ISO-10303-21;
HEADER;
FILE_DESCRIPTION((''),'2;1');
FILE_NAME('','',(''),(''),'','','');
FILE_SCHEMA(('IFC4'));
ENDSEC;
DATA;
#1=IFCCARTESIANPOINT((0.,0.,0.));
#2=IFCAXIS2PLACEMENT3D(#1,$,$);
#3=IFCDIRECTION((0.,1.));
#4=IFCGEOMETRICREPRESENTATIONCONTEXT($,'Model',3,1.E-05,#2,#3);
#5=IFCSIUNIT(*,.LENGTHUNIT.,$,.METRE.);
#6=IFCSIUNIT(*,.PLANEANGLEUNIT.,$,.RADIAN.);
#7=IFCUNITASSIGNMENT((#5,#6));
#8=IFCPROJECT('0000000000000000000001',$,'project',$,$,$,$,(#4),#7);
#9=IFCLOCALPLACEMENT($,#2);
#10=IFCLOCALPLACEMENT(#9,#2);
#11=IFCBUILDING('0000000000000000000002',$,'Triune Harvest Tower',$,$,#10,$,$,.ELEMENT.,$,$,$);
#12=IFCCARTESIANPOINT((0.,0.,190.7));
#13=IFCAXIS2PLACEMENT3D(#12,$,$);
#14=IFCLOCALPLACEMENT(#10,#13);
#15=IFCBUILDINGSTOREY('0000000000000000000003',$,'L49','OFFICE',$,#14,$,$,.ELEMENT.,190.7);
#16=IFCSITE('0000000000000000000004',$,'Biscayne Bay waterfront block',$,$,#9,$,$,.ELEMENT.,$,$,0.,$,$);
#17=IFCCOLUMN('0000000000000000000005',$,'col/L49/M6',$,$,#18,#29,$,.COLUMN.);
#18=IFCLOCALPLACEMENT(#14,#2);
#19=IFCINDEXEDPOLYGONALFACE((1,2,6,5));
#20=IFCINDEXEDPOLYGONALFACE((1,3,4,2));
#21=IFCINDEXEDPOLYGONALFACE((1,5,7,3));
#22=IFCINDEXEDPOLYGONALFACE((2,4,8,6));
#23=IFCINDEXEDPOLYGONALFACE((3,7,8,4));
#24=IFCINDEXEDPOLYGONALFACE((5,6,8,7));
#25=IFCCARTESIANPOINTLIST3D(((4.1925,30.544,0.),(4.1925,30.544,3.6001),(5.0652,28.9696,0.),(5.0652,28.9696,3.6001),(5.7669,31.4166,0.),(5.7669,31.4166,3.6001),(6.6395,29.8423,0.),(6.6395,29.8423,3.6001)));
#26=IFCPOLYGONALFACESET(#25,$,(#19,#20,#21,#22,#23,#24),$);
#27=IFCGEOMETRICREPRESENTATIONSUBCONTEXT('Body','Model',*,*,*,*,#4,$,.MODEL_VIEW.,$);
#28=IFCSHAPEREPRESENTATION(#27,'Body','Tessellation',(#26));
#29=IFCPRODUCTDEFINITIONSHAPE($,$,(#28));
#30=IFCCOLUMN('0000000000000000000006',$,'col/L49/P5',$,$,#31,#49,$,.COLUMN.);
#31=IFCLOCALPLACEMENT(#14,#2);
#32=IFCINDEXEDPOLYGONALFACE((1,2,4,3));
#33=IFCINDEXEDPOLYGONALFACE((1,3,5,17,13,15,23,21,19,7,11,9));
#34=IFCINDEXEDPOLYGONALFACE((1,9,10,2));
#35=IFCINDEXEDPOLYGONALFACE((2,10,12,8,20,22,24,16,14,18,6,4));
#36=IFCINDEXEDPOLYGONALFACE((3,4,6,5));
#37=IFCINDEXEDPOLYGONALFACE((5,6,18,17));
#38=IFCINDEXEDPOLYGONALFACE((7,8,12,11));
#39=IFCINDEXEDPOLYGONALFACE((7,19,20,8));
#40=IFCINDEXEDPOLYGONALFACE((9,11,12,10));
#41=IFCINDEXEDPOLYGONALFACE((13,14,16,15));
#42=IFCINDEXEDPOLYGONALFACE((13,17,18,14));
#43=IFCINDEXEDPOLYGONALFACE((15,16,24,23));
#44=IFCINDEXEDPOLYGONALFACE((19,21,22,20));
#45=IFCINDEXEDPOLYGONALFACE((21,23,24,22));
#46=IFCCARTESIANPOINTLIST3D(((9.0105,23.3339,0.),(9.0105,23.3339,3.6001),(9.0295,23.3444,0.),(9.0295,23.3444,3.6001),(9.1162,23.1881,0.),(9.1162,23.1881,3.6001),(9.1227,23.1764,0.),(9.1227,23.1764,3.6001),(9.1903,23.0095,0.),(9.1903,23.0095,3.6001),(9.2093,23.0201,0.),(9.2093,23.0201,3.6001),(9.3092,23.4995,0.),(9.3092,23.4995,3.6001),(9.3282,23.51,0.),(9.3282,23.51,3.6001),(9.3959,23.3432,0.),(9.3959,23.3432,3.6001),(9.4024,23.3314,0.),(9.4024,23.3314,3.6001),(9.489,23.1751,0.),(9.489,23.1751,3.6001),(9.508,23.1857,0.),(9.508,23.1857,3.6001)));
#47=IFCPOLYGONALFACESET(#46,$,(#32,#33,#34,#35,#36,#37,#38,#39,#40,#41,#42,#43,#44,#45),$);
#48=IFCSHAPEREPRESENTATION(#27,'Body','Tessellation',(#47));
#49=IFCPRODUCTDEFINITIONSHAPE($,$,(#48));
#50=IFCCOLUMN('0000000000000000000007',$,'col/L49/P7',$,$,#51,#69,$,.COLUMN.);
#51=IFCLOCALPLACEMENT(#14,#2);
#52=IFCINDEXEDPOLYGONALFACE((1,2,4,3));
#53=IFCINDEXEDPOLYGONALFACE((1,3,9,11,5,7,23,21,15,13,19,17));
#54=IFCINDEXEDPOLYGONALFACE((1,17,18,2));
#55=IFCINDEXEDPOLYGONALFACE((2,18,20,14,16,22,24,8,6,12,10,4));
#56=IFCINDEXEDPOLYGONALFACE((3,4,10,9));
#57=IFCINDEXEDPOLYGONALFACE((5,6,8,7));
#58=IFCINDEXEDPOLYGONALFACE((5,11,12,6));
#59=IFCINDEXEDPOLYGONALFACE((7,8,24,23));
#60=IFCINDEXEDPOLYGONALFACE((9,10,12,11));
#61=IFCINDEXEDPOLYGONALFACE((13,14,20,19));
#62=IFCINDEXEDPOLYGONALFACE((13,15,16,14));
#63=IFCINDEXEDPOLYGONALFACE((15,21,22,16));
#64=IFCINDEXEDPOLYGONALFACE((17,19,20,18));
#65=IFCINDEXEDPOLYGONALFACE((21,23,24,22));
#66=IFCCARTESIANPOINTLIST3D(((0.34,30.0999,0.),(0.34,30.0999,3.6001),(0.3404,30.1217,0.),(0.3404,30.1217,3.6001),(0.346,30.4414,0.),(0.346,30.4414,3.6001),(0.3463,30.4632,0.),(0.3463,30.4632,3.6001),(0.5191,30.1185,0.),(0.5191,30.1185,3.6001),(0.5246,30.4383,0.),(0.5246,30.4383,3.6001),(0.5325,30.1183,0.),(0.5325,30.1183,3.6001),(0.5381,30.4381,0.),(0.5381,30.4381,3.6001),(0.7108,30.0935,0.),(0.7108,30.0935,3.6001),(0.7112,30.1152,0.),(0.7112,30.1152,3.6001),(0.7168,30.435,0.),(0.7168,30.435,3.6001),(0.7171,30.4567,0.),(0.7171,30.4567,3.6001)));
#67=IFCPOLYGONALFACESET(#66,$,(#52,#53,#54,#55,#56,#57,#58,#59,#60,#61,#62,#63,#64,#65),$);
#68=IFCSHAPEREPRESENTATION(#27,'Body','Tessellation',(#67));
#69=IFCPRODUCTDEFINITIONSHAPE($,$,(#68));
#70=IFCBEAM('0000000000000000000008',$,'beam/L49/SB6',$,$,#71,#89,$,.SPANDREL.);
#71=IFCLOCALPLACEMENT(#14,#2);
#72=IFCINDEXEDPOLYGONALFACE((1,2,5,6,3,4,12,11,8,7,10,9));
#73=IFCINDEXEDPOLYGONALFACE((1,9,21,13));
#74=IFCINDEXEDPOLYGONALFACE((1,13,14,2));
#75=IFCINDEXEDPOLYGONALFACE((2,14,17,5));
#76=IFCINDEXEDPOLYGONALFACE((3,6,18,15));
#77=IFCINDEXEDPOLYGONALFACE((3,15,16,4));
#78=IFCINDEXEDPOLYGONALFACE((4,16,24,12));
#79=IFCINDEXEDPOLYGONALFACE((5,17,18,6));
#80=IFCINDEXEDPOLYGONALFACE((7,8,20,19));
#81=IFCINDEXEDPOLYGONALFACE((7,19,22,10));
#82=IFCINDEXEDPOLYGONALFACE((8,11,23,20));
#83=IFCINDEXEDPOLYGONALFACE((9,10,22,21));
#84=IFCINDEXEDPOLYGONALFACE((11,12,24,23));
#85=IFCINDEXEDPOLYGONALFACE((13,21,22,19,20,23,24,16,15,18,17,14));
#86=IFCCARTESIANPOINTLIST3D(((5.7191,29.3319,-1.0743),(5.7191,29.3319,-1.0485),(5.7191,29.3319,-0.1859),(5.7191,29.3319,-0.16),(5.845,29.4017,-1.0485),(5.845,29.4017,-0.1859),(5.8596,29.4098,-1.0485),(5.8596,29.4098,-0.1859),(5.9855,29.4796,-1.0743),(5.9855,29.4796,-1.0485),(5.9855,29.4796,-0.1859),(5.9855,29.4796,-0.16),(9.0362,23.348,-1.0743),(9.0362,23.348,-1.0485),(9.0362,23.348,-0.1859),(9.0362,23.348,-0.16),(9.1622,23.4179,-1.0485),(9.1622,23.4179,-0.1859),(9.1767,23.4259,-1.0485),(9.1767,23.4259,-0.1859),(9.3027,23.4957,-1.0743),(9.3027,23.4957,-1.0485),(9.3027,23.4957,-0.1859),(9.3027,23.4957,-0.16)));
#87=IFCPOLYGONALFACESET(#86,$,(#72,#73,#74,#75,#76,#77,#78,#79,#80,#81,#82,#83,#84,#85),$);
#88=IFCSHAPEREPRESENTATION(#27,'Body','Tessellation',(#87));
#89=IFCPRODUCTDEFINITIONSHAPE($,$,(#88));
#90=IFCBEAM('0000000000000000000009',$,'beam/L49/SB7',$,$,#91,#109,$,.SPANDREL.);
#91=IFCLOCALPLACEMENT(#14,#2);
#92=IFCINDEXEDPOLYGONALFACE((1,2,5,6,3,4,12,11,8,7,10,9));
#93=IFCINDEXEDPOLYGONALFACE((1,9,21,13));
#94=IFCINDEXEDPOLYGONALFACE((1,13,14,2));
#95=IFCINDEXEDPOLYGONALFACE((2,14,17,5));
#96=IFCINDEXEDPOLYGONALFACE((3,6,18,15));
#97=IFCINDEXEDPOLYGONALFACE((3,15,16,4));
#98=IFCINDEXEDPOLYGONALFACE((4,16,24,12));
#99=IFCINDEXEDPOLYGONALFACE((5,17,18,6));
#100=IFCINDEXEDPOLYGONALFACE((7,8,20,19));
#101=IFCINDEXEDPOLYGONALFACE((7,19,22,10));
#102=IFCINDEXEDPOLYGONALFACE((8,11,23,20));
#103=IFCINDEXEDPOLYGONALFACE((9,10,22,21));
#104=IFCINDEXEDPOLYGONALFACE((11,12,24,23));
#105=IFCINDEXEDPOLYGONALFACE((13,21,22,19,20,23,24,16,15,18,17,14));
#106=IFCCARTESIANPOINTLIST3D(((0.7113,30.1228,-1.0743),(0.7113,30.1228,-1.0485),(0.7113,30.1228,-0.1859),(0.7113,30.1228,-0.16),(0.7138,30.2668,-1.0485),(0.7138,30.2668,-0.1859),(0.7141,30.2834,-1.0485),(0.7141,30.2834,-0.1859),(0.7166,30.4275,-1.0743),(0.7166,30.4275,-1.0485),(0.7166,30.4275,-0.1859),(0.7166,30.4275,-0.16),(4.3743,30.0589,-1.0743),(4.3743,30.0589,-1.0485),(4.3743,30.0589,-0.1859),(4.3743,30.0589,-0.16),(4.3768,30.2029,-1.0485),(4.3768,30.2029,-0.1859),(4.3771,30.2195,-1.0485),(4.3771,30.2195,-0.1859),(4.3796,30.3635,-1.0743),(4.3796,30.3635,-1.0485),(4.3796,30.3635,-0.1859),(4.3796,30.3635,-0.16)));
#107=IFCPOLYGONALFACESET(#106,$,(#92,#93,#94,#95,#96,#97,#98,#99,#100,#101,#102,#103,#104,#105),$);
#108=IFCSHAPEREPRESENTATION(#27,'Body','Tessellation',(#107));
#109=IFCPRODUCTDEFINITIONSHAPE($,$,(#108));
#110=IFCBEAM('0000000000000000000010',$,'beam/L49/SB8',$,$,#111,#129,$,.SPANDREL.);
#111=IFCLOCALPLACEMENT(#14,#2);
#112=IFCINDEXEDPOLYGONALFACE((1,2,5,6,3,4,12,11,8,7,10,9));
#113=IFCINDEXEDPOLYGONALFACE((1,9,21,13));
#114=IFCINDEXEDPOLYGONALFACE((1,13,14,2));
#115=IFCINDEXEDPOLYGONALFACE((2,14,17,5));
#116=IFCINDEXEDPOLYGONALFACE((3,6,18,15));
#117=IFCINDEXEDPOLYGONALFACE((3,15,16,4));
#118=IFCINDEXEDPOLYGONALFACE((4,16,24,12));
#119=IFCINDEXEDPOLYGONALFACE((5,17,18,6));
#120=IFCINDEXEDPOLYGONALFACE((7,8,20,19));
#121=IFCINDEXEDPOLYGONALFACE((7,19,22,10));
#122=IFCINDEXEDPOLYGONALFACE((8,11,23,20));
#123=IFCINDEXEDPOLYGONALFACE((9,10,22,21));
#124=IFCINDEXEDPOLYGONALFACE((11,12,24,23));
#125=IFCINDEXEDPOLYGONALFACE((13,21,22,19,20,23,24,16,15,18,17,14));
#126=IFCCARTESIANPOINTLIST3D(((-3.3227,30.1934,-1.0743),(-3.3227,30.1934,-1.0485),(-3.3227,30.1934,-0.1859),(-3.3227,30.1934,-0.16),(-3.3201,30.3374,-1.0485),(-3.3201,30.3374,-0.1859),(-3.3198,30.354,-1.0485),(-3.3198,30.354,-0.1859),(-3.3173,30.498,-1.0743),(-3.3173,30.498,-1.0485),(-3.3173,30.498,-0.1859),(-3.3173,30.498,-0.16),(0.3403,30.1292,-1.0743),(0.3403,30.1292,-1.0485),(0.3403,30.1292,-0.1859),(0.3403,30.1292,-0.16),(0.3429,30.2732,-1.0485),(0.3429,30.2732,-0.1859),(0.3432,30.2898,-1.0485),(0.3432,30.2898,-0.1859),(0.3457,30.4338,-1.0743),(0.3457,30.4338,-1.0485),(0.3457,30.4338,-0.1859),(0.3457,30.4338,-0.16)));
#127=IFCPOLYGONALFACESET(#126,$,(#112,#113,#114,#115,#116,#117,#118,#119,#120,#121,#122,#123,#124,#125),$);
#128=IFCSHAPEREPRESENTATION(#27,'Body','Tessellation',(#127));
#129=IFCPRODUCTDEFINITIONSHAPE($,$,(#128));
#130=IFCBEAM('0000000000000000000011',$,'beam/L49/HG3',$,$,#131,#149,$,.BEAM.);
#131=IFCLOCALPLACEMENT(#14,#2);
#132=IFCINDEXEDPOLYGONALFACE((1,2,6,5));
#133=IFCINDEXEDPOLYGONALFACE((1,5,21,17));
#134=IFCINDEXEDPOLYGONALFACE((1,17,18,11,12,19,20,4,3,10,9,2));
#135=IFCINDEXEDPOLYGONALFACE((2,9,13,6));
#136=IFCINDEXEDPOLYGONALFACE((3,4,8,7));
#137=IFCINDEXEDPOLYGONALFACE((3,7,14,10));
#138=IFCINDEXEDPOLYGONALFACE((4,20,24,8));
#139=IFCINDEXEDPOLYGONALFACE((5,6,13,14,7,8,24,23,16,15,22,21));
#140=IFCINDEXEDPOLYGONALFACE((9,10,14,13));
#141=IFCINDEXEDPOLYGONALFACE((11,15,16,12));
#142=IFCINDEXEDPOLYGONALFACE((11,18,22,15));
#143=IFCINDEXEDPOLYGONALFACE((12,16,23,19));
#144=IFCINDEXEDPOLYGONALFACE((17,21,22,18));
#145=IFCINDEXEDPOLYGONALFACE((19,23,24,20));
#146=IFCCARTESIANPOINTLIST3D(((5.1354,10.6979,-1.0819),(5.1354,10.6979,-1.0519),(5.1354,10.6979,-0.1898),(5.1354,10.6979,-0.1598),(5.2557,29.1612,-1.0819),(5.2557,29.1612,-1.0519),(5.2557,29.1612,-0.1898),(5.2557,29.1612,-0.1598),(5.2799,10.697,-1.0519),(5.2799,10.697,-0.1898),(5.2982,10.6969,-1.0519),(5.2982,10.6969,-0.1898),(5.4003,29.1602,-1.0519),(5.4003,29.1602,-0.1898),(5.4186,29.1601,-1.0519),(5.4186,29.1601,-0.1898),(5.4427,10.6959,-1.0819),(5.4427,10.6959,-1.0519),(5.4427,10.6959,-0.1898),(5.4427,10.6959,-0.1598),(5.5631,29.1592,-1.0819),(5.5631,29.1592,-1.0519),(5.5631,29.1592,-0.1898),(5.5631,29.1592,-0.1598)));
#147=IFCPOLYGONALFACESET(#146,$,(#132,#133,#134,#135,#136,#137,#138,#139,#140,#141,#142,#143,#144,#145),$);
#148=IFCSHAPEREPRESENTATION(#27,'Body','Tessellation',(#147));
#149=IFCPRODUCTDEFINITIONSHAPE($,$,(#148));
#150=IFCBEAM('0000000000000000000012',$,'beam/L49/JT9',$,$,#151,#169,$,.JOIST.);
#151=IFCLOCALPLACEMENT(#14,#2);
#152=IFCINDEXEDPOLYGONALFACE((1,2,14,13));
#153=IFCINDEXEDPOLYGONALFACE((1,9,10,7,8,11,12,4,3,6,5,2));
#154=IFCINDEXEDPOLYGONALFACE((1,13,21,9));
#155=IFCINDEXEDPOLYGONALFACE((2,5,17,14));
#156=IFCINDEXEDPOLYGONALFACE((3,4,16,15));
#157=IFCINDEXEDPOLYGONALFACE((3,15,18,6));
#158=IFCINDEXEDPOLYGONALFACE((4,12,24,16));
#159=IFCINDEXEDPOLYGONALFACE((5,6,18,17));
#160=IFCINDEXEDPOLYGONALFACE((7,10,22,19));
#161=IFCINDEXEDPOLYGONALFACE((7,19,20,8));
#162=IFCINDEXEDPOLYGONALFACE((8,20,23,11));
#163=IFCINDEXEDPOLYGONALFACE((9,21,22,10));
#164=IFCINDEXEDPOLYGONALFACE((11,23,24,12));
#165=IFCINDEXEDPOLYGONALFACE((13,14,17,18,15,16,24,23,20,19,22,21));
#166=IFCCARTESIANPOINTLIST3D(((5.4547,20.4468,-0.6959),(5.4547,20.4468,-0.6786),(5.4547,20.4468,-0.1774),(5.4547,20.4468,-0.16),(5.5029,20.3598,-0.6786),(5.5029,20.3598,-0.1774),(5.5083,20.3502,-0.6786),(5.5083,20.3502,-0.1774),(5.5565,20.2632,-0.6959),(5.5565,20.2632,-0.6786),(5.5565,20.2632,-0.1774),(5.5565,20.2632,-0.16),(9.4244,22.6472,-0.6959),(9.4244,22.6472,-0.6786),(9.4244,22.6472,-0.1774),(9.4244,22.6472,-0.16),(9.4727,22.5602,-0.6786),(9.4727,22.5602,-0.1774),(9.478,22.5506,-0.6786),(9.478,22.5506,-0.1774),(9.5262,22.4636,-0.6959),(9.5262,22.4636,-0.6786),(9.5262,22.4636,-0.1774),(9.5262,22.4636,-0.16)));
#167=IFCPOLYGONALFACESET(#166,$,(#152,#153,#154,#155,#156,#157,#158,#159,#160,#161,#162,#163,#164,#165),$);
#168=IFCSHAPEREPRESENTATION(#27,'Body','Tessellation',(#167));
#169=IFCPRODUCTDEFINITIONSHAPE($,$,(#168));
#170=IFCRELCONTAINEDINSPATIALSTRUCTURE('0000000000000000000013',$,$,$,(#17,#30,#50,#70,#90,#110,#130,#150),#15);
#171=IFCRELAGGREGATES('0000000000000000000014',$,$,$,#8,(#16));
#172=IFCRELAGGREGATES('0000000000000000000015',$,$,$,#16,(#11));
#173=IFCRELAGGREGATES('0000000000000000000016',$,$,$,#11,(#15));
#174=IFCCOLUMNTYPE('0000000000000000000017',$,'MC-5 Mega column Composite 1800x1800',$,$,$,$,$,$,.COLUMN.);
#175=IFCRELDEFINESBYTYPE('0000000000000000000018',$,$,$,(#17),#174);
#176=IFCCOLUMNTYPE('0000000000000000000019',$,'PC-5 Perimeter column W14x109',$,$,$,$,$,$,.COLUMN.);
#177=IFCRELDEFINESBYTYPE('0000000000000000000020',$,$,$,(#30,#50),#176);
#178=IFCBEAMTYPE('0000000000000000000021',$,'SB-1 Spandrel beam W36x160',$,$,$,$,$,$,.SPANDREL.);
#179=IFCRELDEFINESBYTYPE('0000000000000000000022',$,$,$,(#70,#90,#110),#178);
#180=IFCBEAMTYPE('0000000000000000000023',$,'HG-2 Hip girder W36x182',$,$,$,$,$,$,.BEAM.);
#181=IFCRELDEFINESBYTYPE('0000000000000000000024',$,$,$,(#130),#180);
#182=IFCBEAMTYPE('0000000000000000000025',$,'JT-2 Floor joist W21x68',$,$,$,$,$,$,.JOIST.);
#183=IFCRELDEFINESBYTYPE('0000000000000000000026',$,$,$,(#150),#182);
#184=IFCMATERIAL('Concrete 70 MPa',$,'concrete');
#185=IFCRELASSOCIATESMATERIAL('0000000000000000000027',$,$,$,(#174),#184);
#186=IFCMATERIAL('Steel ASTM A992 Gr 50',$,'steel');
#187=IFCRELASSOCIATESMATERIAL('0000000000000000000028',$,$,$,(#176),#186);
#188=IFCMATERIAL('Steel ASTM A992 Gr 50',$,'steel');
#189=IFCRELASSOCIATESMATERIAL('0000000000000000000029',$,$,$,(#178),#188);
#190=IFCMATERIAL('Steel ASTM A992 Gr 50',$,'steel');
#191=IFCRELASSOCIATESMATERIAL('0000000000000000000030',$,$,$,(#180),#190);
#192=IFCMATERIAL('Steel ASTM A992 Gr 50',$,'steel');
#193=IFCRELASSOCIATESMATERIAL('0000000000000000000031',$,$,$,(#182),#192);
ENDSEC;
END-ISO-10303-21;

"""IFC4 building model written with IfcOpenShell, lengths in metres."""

from ifc_helpers import new_model, si_unit, direction, frame, origin, origin_2d, place, context, subcontext, project, spatial, rectangle, i_section, extrude, source, transform, mapped, material, material_profile, profile_set, type_object, element, save


model = new_model("IFC4")

# Units and contexts
model_context = context("Model", 3, precision=1e-05, world=origin(), true_north=direction((0.0, 1.0)))
body_context = subcontext(model_context, "Body", "Model", "MODEL_VIEW")
ifc_project = project(units=[si_unit("LENGTHUNIT", "METRE"), si_unit("PLANEANGLEUNIT", "RADIAN")], contexts=[model_context])

# Site, building, storey
site_placement = place(None, origin())
site = spatial("IfcSite", under=ifc_project, at=site_placement, Name="Biscayne Bay waterfront block", CompositionType="ELEMENT", RefElevation=0.0)
building_placement = place(site_placement, origin())
building = spatial("IfcBuilding", under=site, at=building_placement, Name="Triune Harvest Tower", CompositionType="ELEMENT")
storey_placement = place(building_placement, frame((0.0, 0.0, 190.7)))
storey = spatial("IfcBuildingStorey", under=building, at=storey_placement, Name="L49", Description="OFFICE", CompositionType="ELEMENT", Elevation=190.7)

# Columns
ifc_material_1 = material(Name="Concrete 70 MPa", Category="concrete")
ifc_material_profile_1 = material_profile(ifc_material_1, rectangle(XDim=1.8, YDim=1.8, at=origin_2d()), Name="Composite 1800x1800")
ifc_profile_set_1 = profile_set([ifc_material_profile_1], Name="Concrete 70 MPa")
column_type_1 = type_object("IfcColumnType", Name="MC-5 Mega column Composite 1800x1800", PredefinedType="COLUMN", material=ifc_profile_set_1)
shared_shape_1 = source(origin(), body_context, "Body", "SweptSolid", [
    extrude(rectangle(XDim=1.8, YDim=1.8, at=origin_2d()), origin(), (0.0, 0.0, 1.0), 3.6001),
])
column_placement = place(storey_placement, frame((5.416, 30.1931, 0.0), z_axis=(0.0, 0.0, 1.0), x_axis=(-0.48481, 0.87462, 0.0)))
element("IfcColumn", 1, at=column_placement, inside=storey, type_object=column_type_1, Name="col/L49/M6", PredefinedType="COLUMN", context=body_context, shape_type="MappedRepresentation", body=[
    mapped(shared_shape_1, transform((0.0, 0.0, 0.0), scale=1.0)),
])
ifc_material_2 = material(Name="Steel ASTM A992 Gr 50", Category="steel")
ifc_material_profile_2 = material_profile(ifc_material_2, i_section(OverallWidth=0.3708, OverallDepth=0.3633, WebThickness=0.0134, FlangeThickness=0.0217, at=origin_2d()), Name="W14x109")
ifc_profile_set_2 = profile_set([ifc_material_profile_2], Name="Steel ASTM A992 Gr 50")
column_type_2 = type_object("IfcColumnType", Name="PC-5 Perimeter column W14x109", PredefinedType="COLUMN", material=ifc_profile_set_2)
shared_shape_2 = source(origin(), body_context, "Body", "SweptSolid", [
    extrude(i_section(OverallWidth=0.3708, OverallDepth=0.3633, WebThickness=0.0134, FlangeThickness=0.0217, at=origin_2d()), origin(), (0.0, 0.0, 1.0), 3.6001),
])
for number, where, z_axis, x_axis, name in (
    (2, (9.2593, 23.2598, 0.0), (0.0, 0.0, 1.0), (-0.48481, 0.87462, 0.0), "col/L49/P5"),
    (3, (0.5286, 30.2783, 0.0), (0.0, 0.0, 1.0), (-0.999848, 0.017451, 0.0), "col/L49/P7"),
):
    element("IfcColumn", number, at=place(storey_placement, frame(where, z_axis=z_axis, x_axis=x_axis)), inside=storey, type_object=column_type_2, Name=name, PredefinedType="COLUMN", context=body_context, shape_type="MappedRepresentation", body=[
        mapped(shared_shape_2, transform((0.0, 0.0, 0.0), scale=1.0)),
    ])

# Beams
ifc_material_3 = material(Name="Steel ASTM A992 Gr 50", Category="steel")
ifc_material_profile_3 = material_profile(ifc_material_3, i_section(OverallWidth=0.3047, OverallDepth=0.9143, WebThickness=0.0166, FlangeThickness=0.0259, at=origin_2d()), Name="W36x160")
ifc_profile_set_3 = profile_set([ifc_material_profile_3], Name="Steel ASTM A992 Gr 50")
beam_type_1 = type_object("IfcBeamType", Name="SB-1 Spandrel beam W36x160", PredefinedType="SPANDREL", material=ifc_profile_set_3)
shared_shape_3 = source(origin(), body_context, "Body", "SweptSolid", [
    extrude(i_section(OverallWidth=0.3047, OverallDepth=0.9143, WebThickness=0.0166, FlangeThickness=0.0259, at=origin_2d()), origin(), (0.0, 0.0, 1.0), 6.8418),
])
beam_1_placement = place(storey_placement, frame((9.1694, 23.4219, -0.6172), z_axis=(-0.484834, 0.874606, 0.0), x_axis=(-0.874606, -0.484834, 0.0)))
element("IfcBeam", 4, at=beam_1_placement, inside=storey, type_object=beam_type_1, Name="beam/L49/SB6", PredefinedType="SPANDREL", context=body_context, shape_type="MappedRepresentation", body=[
    mapped(shared_shape_3, transform((0.0, 0.0, 0.0), scale=1.0)),
])
shared_shape_4 = source(origin(), body_context, "Body", "SweptSolid", [
    extrude(i_section(OverallWidth=0.3047, OverallDepth=0.9143, WebThickness=0.0166, FlangeThickness=0.0259, at=origin_2d()), origin(), (0.0, 0.0, 1.0), 3.6636),
])
for number, where, z_axis, x_axis, name in (
    (5, (4.377, 30.2112, -0.6172), (-0.999848, 0.017459, 0.0), (-0.017459, -0.999848, 0.0), "beam/L49/SB7"),
    (6, (0.343, 30.2815, -0.6172), (-0.999846, 0.017526, 0.0), (-0.017526, -0.999846, 0.0), "beam/L49/SB8"),
):
    element("IfcBeam", number, at=place(storey_placement, frame(where, z_axis=z_axis, x_axis=x_axis)), inside=storey, type_object=beam_type_1, Name=name, PredefinedType="SPANDREL", context=body_context, shape_type="MappedRepresentation", body=[
        mapped(shared_shape_4, transform((0.0, 0.0, 0.0), scale=1.0)),
    ])
ifc_material_4 = material(Name="Steel ASTM A992 Gr 50", Category="steel")
ifc_material_profile_4 = material_profile(ifc_material_4, i_section(OverallWidth=0.3074, OverallDepth=0.9221, WebThickness=0.0183, FlangeThickness=0.03, at=origin_2d()), Name="W36x182")
ifc_profile_set_4 = profile_set([ifc_material_profile_4], Name="Steel ASTM A992 Gr 50")
beam_type_2 = type_object("IfcBeamType", Name="HG-2 Hip girder W36x182", PredefinedType="BEAM", material=ifc_profile_set_4)
shared_shape_5 = source(origin(), body_context, "Body", "SweptSolid", [
    extrude(i_section(OverallWidth=0.3074, OverallDepth=0.9221, WebThickness=0.0183, FlangeThickness=0.03, at=origin_2d()), origin(), (0.0, 0.0, 1.0), 18.4636),
])
beam_2_placement = place(storey_placement, frame((5.4094, 29.1602, -0.6208), z_axis=(-0.006519, -0.999979, 0.0), x_axis=(0.999979, -0.006519, 0.0)))
element("IfcBeam", 7, at=beam_2_placement, inside=storey, type_object=beam_type_2, Name="beam/L49/HG3", PredefinedType="BEAM", context=body_context, shape_type="MappedRepresentation", body=[
    mapped(shared_shape_5, transform((0.0, 0.0, 0.0), scale=1.0)),
])
ifc_material_5 = material(Name="Steel ASTM A992 Gr 50", Category="steel")
ifc_material_profile_5 = material_profile(ifc_material_5, i_section(OverallWidth=0.21, OverallDepth=0.5359, WebThickness=0.011, FlangeThickness=0.0173, at=origin_2d()), Name="W21x68")
ifc_profile_set_5 = profile_set([ifc_material_profile_5], Name="Steel ASTM A992 Gr 50")
beam_type_3 = type_object("IfcBeamType", Name="JT-2 Floor joist W21x68", PredefinedType="JOIST", material=ifc_profile_set_5)
shared_shape_6 = source(origin(), body_context, "Body", "SweptSolid", [
    extrude(i_section(OverallWidth=0.21, OverallDepth=0.5359, WebThickness=0.011, FlangeThickness=0.0173, at=origin_2d()), origin(), (0.0, 0.0, 1.0), 4.5388),
])
beam_3_placement = place(storey_placement, frame((9.4753, 22.5554, -0.428), z_axis=(-0.874621, -0.484807, 0.0), x_axis=(0.484807, -0.874621, 0.0)))
element("IfcBeam", 8, at=beam_3_placement, inside=storey, type_object=beam_type_3, Name="beam/L49/JT9", PredefinedType="JOIST", context=body_context, shape_type="MappedRepresentation", body=[
    mapped(shared_shape_6, transform((0.0, 0.0, 0.0), scale=1.0)),
])

save(model, "model.ifc")
